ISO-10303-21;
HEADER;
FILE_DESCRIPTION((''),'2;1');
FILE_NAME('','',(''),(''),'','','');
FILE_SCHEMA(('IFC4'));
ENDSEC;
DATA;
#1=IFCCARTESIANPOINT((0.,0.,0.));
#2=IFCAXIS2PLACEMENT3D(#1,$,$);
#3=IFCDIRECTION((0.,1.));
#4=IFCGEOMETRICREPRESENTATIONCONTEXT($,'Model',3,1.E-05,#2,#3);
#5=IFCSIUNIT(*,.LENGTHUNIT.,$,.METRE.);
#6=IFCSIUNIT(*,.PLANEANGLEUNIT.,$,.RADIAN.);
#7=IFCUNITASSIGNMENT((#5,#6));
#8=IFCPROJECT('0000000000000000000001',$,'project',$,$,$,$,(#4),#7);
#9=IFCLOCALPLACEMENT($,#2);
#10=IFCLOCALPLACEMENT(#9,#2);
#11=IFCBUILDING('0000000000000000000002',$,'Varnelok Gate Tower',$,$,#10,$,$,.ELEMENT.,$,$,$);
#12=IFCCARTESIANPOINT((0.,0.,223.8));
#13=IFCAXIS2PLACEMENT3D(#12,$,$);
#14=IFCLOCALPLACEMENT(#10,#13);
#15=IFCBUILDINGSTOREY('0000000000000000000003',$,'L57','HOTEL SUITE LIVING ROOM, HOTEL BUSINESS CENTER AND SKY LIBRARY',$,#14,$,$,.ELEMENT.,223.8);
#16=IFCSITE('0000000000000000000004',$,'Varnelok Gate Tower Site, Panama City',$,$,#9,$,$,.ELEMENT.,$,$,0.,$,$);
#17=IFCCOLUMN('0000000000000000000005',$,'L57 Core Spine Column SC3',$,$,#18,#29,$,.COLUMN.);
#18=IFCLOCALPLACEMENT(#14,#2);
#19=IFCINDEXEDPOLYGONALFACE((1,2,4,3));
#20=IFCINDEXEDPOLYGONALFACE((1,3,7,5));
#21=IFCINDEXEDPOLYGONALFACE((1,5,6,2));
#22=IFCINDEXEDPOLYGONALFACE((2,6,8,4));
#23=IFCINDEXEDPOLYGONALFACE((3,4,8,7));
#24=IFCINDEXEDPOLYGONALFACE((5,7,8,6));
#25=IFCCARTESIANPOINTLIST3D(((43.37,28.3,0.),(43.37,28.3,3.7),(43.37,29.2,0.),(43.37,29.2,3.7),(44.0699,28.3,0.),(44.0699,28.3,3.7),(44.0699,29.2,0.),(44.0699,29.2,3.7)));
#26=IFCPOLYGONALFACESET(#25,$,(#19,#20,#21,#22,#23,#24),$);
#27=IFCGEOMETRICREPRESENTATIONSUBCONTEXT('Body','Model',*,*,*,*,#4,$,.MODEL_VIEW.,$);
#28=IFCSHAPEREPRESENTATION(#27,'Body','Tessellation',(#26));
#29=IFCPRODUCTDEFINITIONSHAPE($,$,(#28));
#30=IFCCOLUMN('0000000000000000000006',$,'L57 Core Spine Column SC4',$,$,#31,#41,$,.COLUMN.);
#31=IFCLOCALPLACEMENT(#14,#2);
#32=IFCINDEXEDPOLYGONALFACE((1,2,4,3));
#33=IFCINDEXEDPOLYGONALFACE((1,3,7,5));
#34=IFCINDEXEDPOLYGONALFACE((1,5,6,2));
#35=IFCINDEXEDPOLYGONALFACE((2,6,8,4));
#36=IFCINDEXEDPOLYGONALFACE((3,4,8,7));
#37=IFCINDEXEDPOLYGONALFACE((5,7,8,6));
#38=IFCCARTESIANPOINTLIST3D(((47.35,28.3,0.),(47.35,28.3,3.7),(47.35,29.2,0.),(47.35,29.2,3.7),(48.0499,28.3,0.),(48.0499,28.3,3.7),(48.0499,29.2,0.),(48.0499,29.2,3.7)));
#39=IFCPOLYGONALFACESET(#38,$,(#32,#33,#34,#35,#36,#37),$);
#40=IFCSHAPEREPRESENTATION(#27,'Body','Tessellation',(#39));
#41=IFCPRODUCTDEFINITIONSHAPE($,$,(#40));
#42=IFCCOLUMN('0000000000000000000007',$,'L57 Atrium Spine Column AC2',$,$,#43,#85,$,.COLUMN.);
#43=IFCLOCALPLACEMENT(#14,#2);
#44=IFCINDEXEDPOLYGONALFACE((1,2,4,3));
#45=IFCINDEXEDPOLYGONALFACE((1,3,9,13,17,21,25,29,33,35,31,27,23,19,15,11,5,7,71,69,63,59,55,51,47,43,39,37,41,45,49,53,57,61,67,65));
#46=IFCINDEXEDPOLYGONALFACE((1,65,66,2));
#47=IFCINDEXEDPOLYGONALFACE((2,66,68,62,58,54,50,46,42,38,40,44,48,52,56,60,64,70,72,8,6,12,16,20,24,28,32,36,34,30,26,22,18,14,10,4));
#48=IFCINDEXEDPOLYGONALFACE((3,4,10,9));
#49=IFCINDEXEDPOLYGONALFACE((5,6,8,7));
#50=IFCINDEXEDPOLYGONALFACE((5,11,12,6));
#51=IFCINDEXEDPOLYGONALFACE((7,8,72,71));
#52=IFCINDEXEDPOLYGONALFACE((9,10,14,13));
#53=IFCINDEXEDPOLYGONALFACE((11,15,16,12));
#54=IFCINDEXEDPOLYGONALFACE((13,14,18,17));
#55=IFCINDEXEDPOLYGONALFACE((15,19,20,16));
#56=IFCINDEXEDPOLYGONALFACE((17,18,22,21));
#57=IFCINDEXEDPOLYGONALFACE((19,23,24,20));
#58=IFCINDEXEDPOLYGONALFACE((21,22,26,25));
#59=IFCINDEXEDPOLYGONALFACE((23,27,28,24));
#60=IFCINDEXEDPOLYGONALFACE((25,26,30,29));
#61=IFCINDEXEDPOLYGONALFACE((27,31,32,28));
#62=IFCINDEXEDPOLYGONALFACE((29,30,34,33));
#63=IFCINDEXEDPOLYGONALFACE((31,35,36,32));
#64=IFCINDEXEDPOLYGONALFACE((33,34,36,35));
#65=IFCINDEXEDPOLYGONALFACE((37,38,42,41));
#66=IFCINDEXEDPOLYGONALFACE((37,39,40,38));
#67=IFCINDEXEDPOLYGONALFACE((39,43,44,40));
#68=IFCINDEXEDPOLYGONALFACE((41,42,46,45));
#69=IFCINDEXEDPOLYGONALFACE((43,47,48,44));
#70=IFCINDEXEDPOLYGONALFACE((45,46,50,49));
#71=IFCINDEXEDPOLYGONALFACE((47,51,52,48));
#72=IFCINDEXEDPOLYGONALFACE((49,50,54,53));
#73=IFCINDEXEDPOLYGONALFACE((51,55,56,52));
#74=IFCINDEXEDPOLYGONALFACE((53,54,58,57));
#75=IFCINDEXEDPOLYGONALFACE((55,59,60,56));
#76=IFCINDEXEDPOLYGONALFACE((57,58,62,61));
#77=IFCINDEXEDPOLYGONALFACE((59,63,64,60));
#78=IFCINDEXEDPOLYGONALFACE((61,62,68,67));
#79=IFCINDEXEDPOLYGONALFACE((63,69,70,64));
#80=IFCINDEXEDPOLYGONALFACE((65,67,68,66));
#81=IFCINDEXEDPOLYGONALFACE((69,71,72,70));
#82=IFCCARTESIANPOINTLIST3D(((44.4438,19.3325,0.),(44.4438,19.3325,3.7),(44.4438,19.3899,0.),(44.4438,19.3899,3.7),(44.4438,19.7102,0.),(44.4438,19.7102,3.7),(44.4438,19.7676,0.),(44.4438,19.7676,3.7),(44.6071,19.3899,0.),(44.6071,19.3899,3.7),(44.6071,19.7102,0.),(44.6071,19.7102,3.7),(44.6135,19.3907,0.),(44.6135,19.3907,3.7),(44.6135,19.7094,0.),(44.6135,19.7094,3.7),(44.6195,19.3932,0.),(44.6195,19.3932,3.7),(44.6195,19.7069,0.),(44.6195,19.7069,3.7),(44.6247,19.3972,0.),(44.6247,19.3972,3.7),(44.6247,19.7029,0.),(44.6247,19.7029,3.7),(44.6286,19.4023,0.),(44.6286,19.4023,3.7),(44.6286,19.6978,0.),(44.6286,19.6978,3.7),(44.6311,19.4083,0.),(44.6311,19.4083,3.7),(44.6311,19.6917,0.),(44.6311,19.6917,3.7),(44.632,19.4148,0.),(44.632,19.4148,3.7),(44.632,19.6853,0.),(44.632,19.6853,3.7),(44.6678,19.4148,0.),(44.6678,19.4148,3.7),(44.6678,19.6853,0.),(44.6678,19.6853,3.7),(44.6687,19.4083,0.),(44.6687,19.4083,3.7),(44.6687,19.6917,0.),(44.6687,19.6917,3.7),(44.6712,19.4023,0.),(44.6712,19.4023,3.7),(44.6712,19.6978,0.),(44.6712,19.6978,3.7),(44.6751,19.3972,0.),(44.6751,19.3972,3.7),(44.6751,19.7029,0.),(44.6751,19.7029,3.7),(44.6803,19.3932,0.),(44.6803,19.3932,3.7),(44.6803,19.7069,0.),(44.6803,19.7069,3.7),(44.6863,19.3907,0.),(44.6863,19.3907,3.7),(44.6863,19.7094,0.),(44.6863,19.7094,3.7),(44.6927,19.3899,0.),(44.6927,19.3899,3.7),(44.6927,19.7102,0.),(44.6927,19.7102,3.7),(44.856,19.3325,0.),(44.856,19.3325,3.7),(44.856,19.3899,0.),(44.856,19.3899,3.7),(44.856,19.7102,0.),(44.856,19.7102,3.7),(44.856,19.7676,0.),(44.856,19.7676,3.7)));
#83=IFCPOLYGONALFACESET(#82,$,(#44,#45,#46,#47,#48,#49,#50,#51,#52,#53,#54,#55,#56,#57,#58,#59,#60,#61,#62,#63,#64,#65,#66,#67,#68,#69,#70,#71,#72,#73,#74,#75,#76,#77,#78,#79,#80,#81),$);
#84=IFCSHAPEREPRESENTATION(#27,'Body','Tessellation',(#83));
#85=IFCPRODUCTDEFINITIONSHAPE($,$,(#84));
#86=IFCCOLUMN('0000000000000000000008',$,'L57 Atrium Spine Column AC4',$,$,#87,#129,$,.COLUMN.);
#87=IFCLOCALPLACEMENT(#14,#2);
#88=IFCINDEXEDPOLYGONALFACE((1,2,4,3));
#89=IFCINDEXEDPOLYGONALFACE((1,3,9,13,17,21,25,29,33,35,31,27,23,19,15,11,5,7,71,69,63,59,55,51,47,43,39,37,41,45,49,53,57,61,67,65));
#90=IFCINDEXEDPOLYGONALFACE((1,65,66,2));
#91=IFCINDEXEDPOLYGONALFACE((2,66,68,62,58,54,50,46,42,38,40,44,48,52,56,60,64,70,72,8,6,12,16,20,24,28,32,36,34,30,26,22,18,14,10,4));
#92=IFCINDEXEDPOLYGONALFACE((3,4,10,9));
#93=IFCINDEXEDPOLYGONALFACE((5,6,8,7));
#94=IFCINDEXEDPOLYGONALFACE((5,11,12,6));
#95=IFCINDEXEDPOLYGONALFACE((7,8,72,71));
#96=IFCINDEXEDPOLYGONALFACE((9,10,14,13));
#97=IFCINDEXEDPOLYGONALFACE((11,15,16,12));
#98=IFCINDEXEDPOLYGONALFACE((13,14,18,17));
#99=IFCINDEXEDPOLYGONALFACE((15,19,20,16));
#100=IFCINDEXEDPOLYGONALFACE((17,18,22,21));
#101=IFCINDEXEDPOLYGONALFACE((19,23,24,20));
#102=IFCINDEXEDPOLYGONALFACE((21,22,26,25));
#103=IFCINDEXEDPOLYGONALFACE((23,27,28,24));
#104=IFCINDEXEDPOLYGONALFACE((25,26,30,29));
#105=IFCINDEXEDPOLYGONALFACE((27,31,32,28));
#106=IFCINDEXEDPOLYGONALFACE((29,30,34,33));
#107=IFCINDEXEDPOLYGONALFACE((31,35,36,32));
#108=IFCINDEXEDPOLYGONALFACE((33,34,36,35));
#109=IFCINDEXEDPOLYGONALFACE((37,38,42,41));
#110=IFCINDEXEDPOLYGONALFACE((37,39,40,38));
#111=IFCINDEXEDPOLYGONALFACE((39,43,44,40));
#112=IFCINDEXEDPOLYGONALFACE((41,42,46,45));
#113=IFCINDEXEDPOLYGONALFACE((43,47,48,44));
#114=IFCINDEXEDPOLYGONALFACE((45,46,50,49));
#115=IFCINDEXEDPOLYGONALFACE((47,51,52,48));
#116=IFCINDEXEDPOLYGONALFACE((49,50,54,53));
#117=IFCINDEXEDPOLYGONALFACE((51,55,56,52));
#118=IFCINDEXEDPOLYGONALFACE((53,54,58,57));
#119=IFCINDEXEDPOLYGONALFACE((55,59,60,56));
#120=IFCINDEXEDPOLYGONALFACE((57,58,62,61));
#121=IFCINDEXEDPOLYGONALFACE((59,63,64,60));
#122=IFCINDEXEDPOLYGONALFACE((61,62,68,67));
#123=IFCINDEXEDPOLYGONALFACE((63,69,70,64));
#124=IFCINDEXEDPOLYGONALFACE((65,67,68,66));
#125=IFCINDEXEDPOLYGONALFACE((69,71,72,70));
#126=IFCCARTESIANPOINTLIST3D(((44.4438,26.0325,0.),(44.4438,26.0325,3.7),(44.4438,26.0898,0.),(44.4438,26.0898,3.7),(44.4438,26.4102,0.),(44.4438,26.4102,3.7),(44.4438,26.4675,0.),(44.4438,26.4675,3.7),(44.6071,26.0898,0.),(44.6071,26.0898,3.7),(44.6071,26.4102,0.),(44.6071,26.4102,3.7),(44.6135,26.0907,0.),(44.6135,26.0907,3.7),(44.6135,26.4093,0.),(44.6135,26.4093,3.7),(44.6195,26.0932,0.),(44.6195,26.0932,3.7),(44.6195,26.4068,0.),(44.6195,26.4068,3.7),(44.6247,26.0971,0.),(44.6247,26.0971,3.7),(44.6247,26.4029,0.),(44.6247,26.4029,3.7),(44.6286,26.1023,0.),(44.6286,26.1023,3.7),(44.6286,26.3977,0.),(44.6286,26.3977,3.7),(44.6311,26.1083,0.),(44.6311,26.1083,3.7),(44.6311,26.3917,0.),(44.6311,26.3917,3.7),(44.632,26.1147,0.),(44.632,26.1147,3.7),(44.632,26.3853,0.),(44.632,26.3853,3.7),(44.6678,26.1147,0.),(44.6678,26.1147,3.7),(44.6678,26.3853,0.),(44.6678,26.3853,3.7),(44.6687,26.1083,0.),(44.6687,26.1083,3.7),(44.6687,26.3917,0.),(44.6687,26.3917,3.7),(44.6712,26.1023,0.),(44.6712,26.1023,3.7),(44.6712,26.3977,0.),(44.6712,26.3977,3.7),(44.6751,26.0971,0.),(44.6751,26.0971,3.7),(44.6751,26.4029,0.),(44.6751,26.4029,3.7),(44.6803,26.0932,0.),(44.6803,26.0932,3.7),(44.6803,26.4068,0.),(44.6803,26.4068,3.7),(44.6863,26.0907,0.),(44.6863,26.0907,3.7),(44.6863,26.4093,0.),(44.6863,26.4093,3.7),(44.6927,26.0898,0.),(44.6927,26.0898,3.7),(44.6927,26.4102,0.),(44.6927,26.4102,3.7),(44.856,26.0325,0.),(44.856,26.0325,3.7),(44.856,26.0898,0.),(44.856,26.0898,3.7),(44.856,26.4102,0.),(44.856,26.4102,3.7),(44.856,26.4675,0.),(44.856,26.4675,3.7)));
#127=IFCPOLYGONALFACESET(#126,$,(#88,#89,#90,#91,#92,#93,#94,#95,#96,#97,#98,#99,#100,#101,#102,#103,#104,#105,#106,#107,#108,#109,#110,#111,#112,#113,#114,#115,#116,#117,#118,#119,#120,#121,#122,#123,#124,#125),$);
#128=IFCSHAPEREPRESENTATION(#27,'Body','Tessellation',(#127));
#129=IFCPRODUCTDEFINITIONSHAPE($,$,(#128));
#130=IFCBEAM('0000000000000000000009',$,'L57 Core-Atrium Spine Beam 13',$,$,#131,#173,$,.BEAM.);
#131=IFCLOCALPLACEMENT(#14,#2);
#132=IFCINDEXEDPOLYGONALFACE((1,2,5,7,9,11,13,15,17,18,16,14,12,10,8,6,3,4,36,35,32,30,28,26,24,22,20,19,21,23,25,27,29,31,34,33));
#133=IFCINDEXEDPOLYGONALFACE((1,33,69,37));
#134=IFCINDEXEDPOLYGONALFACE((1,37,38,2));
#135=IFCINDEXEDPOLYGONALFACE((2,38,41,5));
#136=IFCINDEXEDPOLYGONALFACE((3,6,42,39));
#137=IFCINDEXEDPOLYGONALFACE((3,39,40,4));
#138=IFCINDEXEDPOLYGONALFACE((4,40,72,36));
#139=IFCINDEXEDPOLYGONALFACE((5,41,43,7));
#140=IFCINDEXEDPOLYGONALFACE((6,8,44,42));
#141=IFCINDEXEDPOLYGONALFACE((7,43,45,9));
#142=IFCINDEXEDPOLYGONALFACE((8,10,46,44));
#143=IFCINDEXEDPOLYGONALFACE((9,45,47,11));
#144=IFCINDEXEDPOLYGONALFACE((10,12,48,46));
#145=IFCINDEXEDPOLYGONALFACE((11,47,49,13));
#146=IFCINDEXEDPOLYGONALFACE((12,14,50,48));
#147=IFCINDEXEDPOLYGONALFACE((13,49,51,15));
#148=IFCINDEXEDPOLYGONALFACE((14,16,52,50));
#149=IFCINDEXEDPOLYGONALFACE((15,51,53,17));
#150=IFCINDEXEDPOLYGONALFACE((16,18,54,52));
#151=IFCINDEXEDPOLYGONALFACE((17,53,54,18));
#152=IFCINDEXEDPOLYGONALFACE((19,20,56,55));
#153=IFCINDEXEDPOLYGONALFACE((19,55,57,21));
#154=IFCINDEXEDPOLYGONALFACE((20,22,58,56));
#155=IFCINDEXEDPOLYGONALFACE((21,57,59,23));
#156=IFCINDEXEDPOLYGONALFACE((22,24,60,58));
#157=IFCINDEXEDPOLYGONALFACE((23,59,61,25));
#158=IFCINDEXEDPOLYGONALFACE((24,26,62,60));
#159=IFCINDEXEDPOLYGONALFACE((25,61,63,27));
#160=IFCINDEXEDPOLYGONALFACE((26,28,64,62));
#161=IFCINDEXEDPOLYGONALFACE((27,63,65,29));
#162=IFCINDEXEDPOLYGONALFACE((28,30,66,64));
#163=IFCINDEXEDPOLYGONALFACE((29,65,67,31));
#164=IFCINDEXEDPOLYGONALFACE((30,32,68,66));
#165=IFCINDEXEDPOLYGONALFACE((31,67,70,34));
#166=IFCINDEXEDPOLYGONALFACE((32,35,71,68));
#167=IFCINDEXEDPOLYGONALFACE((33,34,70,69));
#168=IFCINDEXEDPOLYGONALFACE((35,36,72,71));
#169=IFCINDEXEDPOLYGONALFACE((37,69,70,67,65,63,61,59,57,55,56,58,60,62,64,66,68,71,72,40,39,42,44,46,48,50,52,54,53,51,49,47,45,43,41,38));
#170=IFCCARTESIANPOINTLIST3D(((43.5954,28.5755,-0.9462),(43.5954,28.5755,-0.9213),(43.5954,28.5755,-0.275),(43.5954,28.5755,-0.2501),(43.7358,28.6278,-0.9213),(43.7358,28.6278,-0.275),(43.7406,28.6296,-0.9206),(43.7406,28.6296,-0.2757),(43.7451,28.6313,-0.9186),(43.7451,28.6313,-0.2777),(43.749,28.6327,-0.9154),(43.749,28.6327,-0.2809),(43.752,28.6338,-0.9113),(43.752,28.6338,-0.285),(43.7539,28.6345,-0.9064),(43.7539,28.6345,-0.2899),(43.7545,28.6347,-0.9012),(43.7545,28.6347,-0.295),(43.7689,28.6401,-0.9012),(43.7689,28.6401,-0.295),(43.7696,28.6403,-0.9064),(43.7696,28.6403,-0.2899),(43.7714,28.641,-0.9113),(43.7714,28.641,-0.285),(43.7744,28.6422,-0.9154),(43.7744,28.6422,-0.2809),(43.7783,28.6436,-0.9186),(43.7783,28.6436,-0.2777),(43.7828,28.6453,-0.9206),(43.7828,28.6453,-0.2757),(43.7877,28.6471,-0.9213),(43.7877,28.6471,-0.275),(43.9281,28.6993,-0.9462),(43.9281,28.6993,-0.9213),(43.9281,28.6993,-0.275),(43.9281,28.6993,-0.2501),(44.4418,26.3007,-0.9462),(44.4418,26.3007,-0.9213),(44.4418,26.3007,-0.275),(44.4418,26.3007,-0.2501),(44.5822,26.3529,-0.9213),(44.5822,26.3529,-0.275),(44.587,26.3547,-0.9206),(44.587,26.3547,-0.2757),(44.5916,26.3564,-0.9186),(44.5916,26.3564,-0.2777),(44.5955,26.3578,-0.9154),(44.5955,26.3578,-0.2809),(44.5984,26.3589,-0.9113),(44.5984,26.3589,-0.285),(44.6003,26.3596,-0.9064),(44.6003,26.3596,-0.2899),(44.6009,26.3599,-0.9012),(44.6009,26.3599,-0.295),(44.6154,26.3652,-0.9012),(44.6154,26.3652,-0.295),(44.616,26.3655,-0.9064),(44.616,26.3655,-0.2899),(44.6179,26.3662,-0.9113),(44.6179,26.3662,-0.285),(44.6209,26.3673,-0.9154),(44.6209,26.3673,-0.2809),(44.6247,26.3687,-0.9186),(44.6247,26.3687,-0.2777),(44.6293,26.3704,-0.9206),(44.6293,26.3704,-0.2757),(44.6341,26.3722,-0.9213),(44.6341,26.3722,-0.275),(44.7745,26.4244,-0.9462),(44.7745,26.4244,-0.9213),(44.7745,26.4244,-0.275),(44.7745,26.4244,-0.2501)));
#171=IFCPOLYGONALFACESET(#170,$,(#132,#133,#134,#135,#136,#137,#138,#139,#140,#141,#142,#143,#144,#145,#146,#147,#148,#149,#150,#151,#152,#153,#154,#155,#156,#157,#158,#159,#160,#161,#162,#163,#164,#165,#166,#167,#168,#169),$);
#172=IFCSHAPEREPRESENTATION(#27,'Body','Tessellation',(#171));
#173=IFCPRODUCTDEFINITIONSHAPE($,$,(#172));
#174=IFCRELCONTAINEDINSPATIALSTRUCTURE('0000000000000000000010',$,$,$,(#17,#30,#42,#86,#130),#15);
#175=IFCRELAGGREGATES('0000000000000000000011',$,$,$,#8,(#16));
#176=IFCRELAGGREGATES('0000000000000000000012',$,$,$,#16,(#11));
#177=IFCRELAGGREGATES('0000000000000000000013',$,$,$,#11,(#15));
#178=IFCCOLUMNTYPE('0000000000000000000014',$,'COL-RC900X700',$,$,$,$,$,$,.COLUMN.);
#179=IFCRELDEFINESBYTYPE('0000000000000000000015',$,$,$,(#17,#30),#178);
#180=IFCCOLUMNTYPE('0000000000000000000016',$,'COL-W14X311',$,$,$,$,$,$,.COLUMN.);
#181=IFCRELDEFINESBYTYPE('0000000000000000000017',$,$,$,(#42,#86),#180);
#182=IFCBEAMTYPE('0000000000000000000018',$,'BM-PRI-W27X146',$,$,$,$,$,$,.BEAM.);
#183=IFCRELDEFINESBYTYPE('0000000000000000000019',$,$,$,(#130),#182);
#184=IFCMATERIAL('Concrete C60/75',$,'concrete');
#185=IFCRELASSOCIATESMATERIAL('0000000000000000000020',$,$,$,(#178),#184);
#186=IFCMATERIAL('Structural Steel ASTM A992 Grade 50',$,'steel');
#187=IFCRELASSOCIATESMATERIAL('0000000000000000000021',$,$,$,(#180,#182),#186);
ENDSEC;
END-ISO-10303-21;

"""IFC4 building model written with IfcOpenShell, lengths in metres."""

from ifc_helpers import new_model, si_unit, direction, frame, origin, origin_2d, place, context, subcontext, project, spatial, rectangle, i_section, extrude, material, material_profile, profile_set, type_object, element, save


model = new_model("IFC4")

# Units and contexts
model_context = context("Model", 3, precision=1e-05, world=origin(), true_north=direction((0.0, 1.0)))
body_context = subcontext(model_context, "Body", "Model", "MODEL_VIEW")
ifc_project = project(units=[si_unit("LENGTHUNIT", "METRE"), si_unit("PLANEANGLEUNIT", "RADIAN")], contexts=[model_context])

# Site, building, storey
site_placement = place(None, origin())
site = spatial("IfcSite", under=ifc_project, at=site_placement, Name="Varnelok Gate Tower Site, Panama City", CompositionType="ELEMENT", RefElevation=0.0)
building_placement = place(site_placement, origin())
building = spatial("IfcBuilding", under=site, at=building_placement, Name="Varnelok Gate Tower", CompositionType="ELEMENT")
storey_placement = place(building_placement, frame((0.0, 0.0, 223.8)))
storey = spatial("IfcBuildingStorey", under=building, at=storey_placement, Name="L57", Description="HOTEL SUITE LIVING ROOM, HOTEL BUSINESS CENTER AND SKY LIBRARY", CompositionType="ELEMENT", Elevation=223.8)

# Columns
ifc_material_1 = material(Name="Concrete C60/75", Category="concrete")
ifc_material_profile_1 = material_profile(ifc_material_1, rectangle(XDim=0.7, YDim=0.8999, at=origin_2d()), Name="RC900X700")
ifc_profile_set_1 = profile_set([ifc_material_profile_1], Name="Concrete C60/75")
column_type_1 = type_object("IfcColumnType", Name="COL-RC900X700", PredefinedType="COLUMN", material=ifc_profile_set_1)
for number, where, z_axis, x_axis, name in (
    (1, (43.72, 28.75, 0.0), (0.0, 0.0, 1.0), (1.0, 0.0, 0.0), "L57 Core Spine Column SC3"),
    (2, (47.7, 28.75, 0.0), (0.0, 0.0, 1.0), (1.0, 0.0, 0.0), "L57 Core Spine Column SC4"),
):
    element("IfcColumn", number, at=place(storey_placement, frame(where, z_axis=z_axis, x_axis=x_axis)), inside=storey, type_object=column_type_1, Name=name, PredefinedType="COLUMN", context=body_context, shape_type="SweptSolid", body=[
        extrude(rectangle(XDim=0.7, YDim=0.8999, at=origin_2d()), origin(), (0.0, 0.0, 1.0), 3.7),
    ])
ifc_material_2 = material(Name="Structural Steel ASTM A992 Grade 50", Category="steel")
ifc_material_profile_2 = material_profile(ifc_material_2, i_section(OverallWidth=0.4121, OverallDepth=0.4351, WebThickness=0.0359, FlangeThickness=0.0574, FilletRadius=0.0249, at=origin_2d()), Name="W14X311")
ifc_profile_set_2 = profile_set([ifc_material_profile_2], Name="Structural Steel ASTM A992 Grade 50")
column_type_2 = type_object("IfcColumnType", Name="COL-W14X311", PredefinedType="COLUMN", material=ifc_profile_set_2)
for number, where, z_axis, x_axis, name in (
    (3, (44.6499, 19.55, 0.0), (0.0, 0.0, 1.0), (1.0, 0.0, 0.0), "L57 Atrium Spine Column AC2"),
    (4, (44.6499, 26.25, 0.0), (0.0, 0.0, 1.0), (1.0, 0.0, 0.0), "L57 Atrium Spine Column AC4"),
):
    element("IfcColumn", number, at=place(storey_placement, frame(where, z_axis=z_axis, x_axis=x_axis)), inside=storey, type_object=column_type_2, Name=name, PredefinedType="COLUMN", context=body_context, shape_type="SweptSolid", body=[
        extrude(i_section(OverallWidth=0.4121, OverallDepth=0.4351, WebThickness=0.0359, FlangeThickness=0.0574, FilletRadius=0.0249, at=origin_2d()), origin(), (0.0, 0.0, 1.0), 3.7),
    ])

# Beam
ifc_material_profile_3 = material_profile(ifc_material_2, i_section(OverallWidth=0.355, OverallDepth=0.696, WebThickness=0.0154, FlangeThickness=0.0249, FilletRadius=0.02, at=origin_2d()), Name="W27X146")
ifc_profile_set_3 = profile_set([ifc_material_profile_3], Name="Structural Steel ASTM A992 Grade 50")
beam_type_1 = type_object("IfcBeamType", Name="BM-PRI-W27X146", PredefinedType="BEAM", material=ifc_profile_set_3)
beam_1_placement = place(storey_placement, frame((44.6082, 26.3625, -0.5981), z_axis=(-0.348719, 0.937227, 0.0), x_axis=(-0.937227, -0.348719, 0.0)))
element("IfcBeam", 5, at=beam_1_placement, inside=storey, type_object=beam_type_1, Name="L57 Core-Atrium Spine Beam 13", PredefinedType="BEAM", context=body_context, shape_type="SweptSolid", body=[
    extrude(i_section(OverallWidth=0.355, OverallDepth=0.696, WebThickness=0.0154, FlangeThickness=0.0249, FilletRadius=0.02, at=origin_2d()), origin(), (0.0, 0.0, 1.0), 2.4272),
])

save(model, "model.ifc")
